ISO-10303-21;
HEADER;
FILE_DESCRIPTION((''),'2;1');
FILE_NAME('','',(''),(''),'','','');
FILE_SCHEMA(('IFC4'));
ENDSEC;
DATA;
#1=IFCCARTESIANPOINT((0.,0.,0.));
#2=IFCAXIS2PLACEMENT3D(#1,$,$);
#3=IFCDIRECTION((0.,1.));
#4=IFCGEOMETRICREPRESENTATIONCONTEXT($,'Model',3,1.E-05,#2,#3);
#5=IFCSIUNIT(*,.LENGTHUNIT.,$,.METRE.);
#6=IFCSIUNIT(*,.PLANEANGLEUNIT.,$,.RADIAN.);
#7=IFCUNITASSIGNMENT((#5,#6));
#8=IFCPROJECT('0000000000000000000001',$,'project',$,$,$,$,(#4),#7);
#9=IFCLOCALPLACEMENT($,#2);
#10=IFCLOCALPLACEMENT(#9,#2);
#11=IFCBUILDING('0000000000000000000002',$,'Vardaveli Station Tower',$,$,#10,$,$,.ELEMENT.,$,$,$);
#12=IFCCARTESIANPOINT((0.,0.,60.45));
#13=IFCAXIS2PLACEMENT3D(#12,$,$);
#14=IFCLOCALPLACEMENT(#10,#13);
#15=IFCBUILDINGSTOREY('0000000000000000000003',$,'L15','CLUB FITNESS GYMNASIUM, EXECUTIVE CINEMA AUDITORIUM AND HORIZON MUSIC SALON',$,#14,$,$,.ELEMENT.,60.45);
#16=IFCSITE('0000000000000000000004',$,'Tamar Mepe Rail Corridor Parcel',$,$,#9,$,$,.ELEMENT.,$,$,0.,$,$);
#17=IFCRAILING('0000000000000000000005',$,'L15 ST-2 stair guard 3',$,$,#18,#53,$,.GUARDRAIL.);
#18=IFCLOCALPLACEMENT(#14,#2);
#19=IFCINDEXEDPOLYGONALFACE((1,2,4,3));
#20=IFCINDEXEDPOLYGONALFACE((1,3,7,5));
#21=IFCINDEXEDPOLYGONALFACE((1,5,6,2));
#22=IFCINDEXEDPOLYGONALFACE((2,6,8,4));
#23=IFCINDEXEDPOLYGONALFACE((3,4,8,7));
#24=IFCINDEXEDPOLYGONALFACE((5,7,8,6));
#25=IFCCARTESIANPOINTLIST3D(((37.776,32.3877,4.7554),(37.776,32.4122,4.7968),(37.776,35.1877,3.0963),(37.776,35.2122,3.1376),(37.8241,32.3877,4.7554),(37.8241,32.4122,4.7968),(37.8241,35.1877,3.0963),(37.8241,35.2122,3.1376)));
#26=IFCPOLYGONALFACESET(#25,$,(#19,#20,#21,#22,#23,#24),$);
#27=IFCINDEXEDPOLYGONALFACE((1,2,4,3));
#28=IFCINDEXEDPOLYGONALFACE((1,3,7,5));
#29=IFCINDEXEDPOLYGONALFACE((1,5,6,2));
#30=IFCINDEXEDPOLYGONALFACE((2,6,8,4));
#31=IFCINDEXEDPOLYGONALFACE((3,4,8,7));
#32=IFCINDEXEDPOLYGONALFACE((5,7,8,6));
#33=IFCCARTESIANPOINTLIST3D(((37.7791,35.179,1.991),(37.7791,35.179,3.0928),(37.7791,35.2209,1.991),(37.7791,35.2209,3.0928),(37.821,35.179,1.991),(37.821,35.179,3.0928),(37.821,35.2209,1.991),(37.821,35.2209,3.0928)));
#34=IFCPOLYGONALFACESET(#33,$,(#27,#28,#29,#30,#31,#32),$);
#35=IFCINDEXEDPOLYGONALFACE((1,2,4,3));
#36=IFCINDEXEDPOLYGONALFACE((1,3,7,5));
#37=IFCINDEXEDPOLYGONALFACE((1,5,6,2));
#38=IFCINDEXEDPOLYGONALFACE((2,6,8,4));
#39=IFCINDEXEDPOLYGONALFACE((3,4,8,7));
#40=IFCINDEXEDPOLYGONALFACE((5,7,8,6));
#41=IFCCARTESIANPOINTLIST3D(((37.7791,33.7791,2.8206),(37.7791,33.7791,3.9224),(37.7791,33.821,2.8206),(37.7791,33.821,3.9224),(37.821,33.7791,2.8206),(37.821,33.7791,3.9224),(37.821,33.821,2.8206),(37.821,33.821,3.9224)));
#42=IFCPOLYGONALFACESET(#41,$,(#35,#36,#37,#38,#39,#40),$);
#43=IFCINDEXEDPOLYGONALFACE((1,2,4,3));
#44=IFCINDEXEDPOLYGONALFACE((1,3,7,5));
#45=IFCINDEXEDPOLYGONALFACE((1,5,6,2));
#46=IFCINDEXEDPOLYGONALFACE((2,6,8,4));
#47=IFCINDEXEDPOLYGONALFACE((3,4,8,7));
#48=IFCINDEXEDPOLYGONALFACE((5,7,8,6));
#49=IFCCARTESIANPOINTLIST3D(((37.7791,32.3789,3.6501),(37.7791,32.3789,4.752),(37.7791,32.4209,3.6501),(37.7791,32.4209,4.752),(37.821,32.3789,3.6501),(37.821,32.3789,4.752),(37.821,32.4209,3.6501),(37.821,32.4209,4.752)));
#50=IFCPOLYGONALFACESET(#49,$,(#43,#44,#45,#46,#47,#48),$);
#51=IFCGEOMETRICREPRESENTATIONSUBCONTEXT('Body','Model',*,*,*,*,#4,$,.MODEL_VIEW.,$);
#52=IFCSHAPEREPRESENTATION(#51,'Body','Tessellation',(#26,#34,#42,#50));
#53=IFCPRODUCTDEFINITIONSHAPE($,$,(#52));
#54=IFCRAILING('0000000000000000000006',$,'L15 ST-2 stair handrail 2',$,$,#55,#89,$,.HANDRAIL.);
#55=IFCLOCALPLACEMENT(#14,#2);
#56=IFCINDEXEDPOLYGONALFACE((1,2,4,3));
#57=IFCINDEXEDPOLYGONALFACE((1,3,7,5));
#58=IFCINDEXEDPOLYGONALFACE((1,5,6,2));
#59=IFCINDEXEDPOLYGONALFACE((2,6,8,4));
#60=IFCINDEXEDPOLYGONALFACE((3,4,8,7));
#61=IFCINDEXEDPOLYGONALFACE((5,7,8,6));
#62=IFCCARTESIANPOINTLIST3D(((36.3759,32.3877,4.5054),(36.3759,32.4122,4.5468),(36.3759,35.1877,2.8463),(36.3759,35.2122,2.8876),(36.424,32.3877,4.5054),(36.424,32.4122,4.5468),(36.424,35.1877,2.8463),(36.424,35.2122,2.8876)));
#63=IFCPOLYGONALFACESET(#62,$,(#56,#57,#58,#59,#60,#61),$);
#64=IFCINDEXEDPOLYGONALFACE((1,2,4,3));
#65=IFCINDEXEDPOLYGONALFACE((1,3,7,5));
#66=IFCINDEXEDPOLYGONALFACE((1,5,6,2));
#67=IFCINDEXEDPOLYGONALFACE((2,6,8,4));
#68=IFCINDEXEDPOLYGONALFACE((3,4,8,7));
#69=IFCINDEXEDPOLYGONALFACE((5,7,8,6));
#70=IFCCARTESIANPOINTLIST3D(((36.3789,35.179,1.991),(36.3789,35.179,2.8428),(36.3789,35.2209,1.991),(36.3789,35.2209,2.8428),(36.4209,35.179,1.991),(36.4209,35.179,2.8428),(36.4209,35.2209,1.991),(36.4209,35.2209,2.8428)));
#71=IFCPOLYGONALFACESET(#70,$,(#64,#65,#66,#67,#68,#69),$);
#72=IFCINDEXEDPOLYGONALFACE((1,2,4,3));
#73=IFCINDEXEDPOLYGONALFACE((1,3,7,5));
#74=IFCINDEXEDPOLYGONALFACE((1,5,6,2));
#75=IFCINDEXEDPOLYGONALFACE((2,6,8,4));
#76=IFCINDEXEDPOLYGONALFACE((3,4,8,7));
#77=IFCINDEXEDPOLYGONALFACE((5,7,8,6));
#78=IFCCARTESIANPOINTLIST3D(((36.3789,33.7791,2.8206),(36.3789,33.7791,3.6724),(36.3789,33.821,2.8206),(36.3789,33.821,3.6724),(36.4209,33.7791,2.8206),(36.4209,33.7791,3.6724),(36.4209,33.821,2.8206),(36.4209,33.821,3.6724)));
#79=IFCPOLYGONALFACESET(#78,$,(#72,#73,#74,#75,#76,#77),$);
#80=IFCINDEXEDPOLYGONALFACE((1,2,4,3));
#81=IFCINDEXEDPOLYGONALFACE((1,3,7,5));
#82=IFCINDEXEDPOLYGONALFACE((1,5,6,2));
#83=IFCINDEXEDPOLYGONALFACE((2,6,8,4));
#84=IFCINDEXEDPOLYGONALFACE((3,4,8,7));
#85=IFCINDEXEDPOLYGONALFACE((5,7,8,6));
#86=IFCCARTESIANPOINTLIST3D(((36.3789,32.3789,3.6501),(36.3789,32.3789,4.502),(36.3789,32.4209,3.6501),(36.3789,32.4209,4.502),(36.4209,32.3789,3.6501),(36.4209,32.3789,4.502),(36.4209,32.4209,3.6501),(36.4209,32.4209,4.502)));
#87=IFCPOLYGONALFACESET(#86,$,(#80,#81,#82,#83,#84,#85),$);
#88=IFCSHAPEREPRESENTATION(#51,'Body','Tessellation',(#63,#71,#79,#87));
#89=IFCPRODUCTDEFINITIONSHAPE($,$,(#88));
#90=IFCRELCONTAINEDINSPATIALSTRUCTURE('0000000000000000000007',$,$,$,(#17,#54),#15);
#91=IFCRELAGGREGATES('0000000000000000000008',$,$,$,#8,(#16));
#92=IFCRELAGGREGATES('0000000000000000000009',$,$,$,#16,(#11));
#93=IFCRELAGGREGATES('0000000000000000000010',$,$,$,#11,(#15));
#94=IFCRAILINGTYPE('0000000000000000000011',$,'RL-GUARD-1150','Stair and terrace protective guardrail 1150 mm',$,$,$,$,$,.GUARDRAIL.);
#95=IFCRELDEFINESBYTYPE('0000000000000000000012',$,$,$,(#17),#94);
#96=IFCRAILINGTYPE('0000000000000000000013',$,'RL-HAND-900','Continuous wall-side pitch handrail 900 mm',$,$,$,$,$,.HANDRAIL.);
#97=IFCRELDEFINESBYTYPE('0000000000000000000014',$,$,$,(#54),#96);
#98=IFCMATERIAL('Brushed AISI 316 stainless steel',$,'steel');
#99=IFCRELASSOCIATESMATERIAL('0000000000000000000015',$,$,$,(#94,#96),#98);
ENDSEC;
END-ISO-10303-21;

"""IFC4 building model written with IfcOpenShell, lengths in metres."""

from ifc_helpers import new_model, si_unit, direction, frame, origin, origin_2d, place, context, subcontext, project, spatial, rectangle, extrude, source, transform, mapped, material, type_object, element, save


model = new_model("IFC4")

# Units and contexts
model_context = context("Model", 3, precision=1e-05, world=origin(), true_north=direction((0.0, 1.0)))
body_context = subcontext(model_context, "Body", "Model", "MODEL_VIEW")
ifc_project = project(units=[si_unit("LENGTHUNIT", "METRE"), si_unit("PLANEANGLEUNIT", "RADIAN")], contexts=[model_context])

# Site, building, storey
site_placement = place(None, origin())
site = spatial("IfcSite", under=ifc_project, at=site_placement, Name="Tamar Mepe Rail Corridor Parcel", CompositionType="ELEMENT", RefElevation=0.0)
building_placement = place(site_placement, origin())
building = spatial("IfcBuilding", under=site, at=building_placement, Name="Vardaveli Station Tower", CompositionType="ELEMENT")
storey_placement = place(building_placement, frame((0.0, 0.0, 60.45)))
storey = spatial("IfcBuildingStorey", under=building, at=storey_placement, Name="L15", Description="CLUB FITNESS GYMNASIUM, EXECUTIVE CINEMA AUDITORIUM AND HORIZON MUSIC SALON", CompositionType="ELEMENT", Elevation=60.45)

# Railings
ifc_material_1 = material(Name="Brushed AISI 316 stainless steel", Category="steel")
railing_type_1 = type_object("IfcRailingType", Name="RL-GUARD-1150", Description="Stair and terrace protective guardrail 1150 mm", PredefinedType="GUARDRAIL", material=ifc_material_1)
shared_shape_1 = source(origin(), body_context, "Body", "SweptSolid", [
    extrude(rectangle(XDim=0.0481, YDim=0.0481, at=origin_2d()), frame((0.0, 0.0, 1.126), z_axis=(0.0, -0.860306, 0.509778), x_axis=(1.0, 0.0, 0.0)), (0.0, 0.0, 1.0), 3.2546),
    extrude(rectangle(XDim=0.042, YDim=0.042, at=origin_2d()), origin(), (0.0, 0.0, 1.0), 1.1018),
    extrude(rectangle(XDim=0.042, YDim=0.042, at=origin_2d()), frame((0.0, -1.3999, 0.8296)), (0.0, 0.0, 1.0), 1.1018),
    extrude(rectangle(XDim=0.042, YDim=0.042, at=origin_2d()), frame((0.0, -2.8, 1.6592)), (0.0, 0.0, 1.0), 1.1018),
])
for number, where, name in (
    (1, (37.8, 35.2, 1.991), "L15 ST-2 stair guard 3"),
):
    element("IfcRailing", number, at=place(storey_placement, frame(where)), inside=storey, type_object=railing_type_1, Name=name, PredefinedType="GUARDRAIL", context=body_context, shape_type="MappedRepresentation", body=[
        mapped(shared_shape_1, transform((0.0, 0.0, 0.0), scale=1.0)),
    ])
railing_type_2 = type_object("IfcRailingType", Name="RL-HAND-900", Description="Continuous wall-side pitch handrail 900 mm", PredefinedType="HANDRAIL", material=ifc_material_1)
shared_shape_2 = source(origin(), body_context, "Body", "SweptSolid", [
    extrude(rectangle(XDim=0.0481, YDim=0.0481, at=origin_2d()), frame((0.0, 0.0, 0.876), z_axis=(0.0, -0.860306, 0.509778), x_axis=(1.0, 0.0, 0.0)), (0.0, 0.0, 1.0), 3.2546),
    extrude(rectangle(XDim=0.042, YDim=0.042, at=origin_2d()), origin(), (0.0, 0.0, 1.0), 0.8518),
    extrude(rectangle(XDim=0.042, YDim=0.042, at=origin_2d()), frame((0.0, -1.3999, 0.8296)), (0.0, 0.0, 1.0), 0.8518),
    extrude(rectangle(XDim=0.042, YDim=0.042, at=origin_2d()), frame((0.0, -2.8, 1.6592)), (0.0, 0.0, 1.0), 0.8518),
])
railing_placement = place(storey_placement, frame((36.3999, 35.2, 1.991)))
element("IfcRailing", 2, at=railing_placement, inside=storey, type_object=railing_type_2, Name="L15 ST-2 stair handrail 2", PredefinedType="HANDRAIL", context=body_context, shape_type="MappedRepresentation", body=[
    mapped(shared_shape_2, transform((0.0, 0.0, 0.0), scale=1.0)),
])

save(model, "model.ifc")
